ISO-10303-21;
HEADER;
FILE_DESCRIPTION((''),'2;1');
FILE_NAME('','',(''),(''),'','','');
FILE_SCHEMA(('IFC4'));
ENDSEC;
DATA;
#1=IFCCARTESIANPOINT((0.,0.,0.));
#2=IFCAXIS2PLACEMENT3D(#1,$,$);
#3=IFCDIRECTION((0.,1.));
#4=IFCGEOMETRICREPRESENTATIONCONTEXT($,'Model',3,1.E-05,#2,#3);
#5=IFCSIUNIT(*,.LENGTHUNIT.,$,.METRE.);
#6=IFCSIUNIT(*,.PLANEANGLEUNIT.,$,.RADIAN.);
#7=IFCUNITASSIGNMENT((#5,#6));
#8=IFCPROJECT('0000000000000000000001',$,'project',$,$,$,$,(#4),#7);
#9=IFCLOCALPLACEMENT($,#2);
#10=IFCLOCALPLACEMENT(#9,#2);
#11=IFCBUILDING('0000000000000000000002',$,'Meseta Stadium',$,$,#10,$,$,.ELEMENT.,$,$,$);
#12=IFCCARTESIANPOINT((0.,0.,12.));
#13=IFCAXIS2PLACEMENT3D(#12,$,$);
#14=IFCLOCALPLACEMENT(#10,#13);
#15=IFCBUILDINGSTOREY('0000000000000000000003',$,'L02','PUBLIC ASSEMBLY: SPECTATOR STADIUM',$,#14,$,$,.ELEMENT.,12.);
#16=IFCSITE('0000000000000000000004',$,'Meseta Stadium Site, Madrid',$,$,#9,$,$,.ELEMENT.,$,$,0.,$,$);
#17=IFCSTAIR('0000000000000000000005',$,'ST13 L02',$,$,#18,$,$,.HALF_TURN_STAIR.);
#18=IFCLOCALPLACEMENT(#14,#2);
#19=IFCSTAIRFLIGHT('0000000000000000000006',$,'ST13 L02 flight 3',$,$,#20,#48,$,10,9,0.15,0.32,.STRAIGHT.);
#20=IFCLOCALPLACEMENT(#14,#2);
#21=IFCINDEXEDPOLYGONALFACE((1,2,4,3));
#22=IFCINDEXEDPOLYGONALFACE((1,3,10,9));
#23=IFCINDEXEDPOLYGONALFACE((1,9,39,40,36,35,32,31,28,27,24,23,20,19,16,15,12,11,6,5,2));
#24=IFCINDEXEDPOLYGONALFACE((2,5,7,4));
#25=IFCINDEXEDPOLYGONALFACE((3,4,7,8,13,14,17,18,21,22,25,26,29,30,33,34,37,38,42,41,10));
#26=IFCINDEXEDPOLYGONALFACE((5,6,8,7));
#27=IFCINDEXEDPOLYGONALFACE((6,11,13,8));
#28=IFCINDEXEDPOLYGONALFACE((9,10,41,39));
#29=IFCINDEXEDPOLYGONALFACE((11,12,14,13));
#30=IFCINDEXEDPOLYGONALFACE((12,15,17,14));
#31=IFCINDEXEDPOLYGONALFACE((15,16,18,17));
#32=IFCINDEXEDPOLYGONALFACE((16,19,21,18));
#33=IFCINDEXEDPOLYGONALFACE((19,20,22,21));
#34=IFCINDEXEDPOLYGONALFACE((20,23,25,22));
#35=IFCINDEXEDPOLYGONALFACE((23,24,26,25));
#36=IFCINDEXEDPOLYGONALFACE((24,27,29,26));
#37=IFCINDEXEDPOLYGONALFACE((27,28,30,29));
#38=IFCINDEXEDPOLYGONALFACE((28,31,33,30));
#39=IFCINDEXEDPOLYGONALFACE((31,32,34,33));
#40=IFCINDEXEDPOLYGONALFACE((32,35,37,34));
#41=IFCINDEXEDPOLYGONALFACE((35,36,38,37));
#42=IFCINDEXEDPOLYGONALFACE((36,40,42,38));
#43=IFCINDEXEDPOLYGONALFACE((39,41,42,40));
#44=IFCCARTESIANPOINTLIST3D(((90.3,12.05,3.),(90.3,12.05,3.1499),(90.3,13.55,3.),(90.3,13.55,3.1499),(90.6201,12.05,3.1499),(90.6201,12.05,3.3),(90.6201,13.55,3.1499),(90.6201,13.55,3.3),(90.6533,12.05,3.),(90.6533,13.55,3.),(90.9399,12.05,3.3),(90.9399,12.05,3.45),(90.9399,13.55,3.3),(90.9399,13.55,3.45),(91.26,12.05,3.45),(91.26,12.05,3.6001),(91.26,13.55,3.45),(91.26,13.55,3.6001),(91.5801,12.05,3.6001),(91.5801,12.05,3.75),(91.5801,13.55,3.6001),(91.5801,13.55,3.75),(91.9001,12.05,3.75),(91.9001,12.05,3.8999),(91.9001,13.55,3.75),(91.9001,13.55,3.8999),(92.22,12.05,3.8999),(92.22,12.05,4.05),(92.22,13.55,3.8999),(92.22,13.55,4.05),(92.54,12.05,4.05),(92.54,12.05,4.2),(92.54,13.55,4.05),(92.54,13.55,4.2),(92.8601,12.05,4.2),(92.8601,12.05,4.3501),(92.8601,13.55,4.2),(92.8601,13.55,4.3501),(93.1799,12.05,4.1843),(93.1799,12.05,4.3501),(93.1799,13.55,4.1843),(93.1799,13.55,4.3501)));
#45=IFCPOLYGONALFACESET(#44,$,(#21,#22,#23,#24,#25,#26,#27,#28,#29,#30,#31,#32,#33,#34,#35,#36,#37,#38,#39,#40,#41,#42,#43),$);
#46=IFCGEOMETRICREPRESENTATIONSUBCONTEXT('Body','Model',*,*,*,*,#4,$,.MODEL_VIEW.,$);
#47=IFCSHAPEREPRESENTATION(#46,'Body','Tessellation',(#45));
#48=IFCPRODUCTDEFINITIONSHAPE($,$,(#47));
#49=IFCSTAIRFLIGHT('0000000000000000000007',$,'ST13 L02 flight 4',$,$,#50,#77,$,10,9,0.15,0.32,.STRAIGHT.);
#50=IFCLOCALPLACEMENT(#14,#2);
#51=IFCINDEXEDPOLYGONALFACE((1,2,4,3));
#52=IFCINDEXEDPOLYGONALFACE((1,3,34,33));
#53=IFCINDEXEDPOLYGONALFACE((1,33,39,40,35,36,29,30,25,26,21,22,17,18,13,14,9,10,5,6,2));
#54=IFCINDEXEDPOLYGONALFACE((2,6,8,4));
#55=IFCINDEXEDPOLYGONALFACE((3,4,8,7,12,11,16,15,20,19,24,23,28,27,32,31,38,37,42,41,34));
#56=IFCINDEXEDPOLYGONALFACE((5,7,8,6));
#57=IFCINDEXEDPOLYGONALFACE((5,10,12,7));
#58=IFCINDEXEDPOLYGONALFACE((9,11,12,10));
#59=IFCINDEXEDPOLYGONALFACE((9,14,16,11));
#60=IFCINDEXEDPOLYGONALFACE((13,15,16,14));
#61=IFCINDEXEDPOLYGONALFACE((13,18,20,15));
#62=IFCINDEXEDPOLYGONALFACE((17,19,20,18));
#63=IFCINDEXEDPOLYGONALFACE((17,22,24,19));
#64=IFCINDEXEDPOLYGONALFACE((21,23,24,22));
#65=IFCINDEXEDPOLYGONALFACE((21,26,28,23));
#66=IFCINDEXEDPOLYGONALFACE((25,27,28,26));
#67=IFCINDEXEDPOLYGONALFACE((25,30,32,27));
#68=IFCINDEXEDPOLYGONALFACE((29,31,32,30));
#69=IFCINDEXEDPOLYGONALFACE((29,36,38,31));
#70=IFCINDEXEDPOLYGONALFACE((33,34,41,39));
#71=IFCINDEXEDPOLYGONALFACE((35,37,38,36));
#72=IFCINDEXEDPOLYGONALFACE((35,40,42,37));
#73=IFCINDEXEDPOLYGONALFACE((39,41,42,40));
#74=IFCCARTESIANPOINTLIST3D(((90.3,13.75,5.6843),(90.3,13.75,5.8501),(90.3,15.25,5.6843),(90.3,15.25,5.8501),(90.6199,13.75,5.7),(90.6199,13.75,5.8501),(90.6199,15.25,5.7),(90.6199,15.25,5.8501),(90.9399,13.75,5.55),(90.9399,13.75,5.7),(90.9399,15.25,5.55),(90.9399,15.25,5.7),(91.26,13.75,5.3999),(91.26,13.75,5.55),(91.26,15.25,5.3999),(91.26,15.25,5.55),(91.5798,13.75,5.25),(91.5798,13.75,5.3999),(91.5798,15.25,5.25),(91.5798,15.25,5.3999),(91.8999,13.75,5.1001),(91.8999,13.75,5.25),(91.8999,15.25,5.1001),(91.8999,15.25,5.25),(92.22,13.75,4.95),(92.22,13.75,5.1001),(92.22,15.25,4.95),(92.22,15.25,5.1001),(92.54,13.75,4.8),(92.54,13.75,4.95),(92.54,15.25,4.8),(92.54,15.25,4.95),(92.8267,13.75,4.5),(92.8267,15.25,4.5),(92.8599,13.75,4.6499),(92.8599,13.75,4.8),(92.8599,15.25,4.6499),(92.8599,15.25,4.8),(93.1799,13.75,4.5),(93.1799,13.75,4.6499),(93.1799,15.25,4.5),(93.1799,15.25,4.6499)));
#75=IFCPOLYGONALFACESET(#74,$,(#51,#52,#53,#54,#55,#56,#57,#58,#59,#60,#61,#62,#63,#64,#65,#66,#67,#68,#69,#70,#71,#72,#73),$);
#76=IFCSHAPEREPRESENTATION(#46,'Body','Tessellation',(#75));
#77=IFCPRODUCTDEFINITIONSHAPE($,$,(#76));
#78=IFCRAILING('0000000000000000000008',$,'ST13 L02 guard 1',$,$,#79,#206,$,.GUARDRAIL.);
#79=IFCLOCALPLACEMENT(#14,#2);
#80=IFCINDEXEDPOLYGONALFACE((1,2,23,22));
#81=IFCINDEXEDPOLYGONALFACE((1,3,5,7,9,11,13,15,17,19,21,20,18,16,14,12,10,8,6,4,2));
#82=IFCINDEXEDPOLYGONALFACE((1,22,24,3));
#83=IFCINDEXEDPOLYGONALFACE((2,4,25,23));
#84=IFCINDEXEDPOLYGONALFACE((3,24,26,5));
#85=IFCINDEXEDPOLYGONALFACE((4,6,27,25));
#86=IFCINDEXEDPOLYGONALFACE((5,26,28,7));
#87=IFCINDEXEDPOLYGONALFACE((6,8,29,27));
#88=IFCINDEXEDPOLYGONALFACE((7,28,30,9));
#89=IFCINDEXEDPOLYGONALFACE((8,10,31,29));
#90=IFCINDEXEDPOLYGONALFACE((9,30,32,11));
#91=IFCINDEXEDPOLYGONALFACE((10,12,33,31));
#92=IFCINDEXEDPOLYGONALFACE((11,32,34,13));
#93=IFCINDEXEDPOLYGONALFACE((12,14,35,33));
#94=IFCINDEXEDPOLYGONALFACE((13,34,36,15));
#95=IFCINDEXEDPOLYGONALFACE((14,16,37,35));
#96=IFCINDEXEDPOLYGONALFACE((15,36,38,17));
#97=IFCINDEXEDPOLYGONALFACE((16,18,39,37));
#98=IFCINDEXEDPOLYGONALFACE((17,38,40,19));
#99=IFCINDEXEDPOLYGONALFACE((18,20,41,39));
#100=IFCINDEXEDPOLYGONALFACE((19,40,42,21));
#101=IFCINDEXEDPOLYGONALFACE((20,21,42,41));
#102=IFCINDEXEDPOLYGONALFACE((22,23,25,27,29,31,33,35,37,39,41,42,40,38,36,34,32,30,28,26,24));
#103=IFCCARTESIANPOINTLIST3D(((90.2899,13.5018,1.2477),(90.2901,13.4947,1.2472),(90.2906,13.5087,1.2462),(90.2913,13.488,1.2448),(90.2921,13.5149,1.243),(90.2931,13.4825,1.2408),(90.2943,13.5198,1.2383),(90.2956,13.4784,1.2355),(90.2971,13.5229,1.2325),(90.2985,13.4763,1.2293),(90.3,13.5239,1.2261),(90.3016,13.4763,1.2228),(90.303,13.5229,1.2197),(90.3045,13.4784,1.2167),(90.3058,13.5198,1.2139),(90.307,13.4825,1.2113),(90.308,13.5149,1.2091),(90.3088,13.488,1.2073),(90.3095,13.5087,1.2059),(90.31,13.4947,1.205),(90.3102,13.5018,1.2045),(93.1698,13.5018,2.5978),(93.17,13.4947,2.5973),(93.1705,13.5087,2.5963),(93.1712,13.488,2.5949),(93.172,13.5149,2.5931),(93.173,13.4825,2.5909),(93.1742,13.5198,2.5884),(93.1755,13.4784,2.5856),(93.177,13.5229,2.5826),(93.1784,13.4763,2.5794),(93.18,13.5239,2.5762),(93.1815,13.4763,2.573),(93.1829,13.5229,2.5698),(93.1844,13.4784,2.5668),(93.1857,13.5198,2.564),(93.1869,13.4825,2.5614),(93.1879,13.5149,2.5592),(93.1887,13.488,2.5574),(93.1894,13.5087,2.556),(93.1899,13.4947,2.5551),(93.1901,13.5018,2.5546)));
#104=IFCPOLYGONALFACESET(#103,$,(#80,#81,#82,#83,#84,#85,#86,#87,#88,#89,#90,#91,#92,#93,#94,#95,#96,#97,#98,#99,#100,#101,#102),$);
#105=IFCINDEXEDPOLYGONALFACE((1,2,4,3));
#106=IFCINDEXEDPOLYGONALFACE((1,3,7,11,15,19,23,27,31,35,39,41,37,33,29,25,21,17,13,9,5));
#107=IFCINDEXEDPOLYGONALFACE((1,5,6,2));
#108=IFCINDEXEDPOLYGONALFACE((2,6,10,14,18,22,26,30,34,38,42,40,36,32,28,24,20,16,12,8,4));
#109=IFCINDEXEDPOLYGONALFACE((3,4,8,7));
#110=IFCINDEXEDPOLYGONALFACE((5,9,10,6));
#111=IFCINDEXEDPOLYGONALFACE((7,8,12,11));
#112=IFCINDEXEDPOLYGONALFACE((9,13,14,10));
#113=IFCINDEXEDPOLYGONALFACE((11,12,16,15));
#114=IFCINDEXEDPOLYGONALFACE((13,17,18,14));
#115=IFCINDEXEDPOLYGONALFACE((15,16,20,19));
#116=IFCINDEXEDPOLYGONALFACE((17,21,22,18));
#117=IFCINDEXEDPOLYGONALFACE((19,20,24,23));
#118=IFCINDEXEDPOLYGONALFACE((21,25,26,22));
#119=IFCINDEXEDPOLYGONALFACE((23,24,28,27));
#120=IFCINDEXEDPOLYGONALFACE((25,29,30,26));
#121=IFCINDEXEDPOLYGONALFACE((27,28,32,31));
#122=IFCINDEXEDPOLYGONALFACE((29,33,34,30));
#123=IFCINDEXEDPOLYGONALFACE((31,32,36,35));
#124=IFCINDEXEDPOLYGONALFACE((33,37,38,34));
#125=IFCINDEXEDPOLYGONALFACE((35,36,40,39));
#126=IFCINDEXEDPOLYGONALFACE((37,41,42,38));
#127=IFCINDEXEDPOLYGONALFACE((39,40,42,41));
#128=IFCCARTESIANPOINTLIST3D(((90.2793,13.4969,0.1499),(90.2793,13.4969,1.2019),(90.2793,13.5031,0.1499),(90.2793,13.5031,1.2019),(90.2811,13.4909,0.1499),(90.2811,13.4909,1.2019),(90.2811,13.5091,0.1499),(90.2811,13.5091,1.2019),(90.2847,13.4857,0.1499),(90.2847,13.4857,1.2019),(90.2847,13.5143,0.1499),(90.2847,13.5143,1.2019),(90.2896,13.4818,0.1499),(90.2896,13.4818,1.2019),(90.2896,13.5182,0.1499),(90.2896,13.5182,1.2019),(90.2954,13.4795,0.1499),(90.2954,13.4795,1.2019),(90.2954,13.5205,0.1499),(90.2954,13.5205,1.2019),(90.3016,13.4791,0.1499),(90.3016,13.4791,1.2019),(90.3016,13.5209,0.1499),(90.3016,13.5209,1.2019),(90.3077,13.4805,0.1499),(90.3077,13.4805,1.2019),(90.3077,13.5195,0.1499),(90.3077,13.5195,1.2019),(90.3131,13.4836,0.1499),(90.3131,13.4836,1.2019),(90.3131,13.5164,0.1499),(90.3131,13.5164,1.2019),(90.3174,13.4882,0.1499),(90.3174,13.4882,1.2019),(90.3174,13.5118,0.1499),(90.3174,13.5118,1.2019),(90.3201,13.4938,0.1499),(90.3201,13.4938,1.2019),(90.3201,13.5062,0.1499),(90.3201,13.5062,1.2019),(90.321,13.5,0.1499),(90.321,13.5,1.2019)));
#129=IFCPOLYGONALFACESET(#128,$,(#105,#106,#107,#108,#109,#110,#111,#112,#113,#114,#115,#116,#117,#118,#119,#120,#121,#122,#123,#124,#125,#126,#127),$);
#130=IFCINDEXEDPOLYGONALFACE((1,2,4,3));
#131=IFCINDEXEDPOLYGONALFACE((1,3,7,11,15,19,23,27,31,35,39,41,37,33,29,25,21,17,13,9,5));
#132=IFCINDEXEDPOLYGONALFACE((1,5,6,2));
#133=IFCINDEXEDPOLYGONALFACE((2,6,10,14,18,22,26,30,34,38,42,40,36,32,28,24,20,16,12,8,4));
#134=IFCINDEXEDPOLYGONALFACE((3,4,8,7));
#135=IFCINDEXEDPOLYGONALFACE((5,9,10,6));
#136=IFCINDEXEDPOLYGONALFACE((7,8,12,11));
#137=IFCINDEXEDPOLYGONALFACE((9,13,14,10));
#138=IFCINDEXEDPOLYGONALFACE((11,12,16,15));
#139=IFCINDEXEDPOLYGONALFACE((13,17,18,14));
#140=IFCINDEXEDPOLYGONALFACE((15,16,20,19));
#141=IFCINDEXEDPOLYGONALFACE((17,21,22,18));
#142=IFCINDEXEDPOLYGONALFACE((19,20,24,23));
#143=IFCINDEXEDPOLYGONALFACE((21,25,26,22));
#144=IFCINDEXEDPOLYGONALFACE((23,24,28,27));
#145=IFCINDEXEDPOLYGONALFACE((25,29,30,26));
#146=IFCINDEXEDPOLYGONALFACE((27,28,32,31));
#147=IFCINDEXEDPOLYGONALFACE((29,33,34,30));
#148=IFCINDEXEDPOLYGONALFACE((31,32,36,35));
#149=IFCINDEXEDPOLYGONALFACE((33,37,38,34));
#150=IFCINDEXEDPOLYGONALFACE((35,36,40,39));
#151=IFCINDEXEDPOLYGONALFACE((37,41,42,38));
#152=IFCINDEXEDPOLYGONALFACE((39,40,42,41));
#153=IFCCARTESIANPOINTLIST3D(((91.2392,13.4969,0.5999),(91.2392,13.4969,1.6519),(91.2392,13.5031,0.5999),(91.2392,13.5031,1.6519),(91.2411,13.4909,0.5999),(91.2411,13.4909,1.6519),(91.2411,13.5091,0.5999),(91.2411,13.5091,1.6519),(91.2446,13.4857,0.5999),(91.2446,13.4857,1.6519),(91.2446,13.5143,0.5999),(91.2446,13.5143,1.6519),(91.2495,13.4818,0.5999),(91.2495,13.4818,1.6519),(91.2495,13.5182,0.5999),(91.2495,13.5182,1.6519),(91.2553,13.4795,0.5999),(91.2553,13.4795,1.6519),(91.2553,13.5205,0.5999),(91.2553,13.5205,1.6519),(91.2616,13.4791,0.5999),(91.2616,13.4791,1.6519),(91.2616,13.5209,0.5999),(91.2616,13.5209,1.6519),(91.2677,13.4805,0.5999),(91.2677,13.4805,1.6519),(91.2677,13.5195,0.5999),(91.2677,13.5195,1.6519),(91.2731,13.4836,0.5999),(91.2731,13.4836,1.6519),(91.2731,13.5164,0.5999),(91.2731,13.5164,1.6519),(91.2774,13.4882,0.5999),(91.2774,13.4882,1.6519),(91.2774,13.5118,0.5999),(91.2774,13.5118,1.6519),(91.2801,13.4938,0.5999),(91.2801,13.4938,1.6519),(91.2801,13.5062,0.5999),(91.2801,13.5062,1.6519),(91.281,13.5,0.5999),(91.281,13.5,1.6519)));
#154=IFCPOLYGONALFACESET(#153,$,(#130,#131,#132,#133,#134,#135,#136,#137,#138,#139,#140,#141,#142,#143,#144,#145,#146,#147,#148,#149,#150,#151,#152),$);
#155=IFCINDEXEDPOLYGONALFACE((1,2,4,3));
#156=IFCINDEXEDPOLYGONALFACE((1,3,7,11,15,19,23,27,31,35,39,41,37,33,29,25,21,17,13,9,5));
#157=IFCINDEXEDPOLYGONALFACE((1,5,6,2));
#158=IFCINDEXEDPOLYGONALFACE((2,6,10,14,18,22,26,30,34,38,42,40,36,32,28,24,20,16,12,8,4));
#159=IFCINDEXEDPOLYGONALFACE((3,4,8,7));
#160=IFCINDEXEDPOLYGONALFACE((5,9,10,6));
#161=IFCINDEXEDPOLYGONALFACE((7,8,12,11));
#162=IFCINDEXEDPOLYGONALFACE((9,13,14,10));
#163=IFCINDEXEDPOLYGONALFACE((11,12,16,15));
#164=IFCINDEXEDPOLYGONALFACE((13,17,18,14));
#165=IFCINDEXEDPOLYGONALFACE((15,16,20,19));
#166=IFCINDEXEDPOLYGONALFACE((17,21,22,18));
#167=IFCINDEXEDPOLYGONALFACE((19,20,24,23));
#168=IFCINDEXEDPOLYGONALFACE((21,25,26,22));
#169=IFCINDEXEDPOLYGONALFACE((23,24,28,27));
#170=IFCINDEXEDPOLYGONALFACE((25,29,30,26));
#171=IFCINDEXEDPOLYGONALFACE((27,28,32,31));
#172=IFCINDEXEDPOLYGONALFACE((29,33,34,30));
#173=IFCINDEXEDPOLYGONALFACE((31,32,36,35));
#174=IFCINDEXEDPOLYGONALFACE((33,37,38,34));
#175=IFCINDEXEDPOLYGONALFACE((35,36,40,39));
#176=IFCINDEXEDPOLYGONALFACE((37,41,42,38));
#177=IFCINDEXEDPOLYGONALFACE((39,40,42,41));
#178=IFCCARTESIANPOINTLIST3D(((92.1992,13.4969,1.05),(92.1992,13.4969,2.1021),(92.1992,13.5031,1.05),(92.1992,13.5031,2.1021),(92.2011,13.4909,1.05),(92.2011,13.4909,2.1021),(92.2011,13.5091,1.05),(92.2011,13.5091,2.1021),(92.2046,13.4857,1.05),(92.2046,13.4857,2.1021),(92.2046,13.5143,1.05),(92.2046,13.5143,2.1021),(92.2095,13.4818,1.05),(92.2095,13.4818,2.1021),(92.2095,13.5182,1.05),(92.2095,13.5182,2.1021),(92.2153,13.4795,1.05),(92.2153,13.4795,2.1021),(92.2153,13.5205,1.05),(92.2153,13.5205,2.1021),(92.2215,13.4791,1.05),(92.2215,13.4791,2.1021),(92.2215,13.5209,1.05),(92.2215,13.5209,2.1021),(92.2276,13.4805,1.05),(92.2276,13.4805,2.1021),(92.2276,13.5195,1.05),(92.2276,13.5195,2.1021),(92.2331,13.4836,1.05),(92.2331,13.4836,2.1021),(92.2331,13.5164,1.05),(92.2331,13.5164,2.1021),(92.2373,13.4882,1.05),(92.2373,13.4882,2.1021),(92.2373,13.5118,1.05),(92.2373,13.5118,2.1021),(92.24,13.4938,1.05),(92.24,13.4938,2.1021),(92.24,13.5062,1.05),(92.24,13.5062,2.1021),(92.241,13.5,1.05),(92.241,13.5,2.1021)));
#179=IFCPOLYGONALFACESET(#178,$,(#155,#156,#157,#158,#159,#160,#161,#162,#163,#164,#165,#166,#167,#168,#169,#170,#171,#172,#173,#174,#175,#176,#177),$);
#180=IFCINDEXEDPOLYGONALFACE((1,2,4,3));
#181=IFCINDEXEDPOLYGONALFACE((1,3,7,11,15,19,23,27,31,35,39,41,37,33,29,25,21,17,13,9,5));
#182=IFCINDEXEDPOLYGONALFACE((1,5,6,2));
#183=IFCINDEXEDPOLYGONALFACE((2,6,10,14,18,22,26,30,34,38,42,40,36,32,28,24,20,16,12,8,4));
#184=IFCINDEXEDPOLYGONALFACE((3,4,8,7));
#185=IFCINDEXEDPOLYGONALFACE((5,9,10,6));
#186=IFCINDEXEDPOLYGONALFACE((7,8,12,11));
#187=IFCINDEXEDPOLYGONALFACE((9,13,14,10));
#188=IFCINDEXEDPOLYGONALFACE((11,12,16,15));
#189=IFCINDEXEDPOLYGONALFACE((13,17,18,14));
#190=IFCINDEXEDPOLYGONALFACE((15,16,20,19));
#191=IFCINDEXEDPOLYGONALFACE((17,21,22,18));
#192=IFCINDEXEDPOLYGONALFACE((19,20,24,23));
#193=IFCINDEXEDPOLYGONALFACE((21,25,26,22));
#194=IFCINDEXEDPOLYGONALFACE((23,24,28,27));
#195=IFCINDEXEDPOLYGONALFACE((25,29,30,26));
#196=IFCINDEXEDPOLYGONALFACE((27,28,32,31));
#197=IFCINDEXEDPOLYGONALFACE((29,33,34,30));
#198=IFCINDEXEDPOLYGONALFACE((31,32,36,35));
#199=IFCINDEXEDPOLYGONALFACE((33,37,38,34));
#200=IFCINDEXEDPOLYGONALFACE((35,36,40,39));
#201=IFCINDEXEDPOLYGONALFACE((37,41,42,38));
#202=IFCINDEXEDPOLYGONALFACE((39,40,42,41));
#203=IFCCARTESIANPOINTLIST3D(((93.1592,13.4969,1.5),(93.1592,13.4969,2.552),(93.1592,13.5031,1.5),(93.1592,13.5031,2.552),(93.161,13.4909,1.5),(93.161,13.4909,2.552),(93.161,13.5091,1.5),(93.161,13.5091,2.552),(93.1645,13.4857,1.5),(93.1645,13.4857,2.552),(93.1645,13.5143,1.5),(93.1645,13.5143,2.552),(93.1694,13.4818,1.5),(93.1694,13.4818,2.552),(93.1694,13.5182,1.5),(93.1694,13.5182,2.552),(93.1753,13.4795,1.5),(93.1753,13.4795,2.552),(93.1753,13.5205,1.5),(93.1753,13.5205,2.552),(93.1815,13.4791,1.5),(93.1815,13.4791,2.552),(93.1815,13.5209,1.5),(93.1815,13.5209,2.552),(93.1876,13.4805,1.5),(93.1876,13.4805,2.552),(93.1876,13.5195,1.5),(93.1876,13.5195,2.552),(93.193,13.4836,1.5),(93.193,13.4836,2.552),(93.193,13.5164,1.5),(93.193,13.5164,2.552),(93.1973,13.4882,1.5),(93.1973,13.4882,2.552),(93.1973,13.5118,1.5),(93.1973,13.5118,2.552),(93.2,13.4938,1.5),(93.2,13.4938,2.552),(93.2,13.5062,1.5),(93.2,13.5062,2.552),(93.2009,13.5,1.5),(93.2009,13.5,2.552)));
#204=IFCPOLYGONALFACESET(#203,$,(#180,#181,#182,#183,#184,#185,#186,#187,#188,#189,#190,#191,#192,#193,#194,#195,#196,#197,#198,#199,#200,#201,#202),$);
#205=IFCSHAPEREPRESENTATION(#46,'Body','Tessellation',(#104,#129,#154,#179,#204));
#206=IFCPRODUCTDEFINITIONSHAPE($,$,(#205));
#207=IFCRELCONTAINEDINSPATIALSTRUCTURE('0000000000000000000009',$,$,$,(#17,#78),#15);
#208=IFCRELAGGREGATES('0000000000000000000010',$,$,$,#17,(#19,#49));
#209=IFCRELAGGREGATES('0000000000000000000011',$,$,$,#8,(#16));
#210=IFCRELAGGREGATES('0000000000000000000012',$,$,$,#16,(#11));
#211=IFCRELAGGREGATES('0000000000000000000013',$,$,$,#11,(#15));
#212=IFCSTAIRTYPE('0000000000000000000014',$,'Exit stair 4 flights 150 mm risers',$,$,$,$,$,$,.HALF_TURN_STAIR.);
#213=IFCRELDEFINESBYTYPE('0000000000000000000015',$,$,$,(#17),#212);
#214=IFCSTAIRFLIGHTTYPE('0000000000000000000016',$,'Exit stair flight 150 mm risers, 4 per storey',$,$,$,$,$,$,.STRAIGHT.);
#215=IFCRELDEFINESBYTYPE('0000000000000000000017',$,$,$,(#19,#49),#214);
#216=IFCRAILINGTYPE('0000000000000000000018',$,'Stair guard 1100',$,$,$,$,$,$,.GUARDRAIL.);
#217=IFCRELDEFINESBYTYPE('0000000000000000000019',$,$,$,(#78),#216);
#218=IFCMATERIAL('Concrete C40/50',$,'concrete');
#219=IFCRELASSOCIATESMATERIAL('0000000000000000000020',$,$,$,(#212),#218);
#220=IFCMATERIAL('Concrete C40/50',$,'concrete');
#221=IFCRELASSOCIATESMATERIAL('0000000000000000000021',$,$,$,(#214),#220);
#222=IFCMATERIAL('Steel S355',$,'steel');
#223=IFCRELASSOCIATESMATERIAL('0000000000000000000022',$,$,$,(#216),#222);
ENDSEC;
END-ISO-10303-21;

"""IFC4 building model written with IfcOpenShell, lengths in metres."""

from ifc_helpers import new_model, si_unit, direction, frame, origin, origin_2d, place, context, subcontext, project, spatial, polyline, circle, outline, extrude, material, type_object, element, aggregate, save


model = new_model("IFC4")

# Units and contexts
model_context = context("Model", 3, precision=1e-05, world=origin(), true_north=direction((0.0, 1.0)))
body_context = subcontext(model_context, "Body", "Model", "MODEL_VIEW")
ifc_project = project(units=[si_unit("LENGTHUNIT", "METRE"), si_unit("PLANEANGLEUNIT", "RADIAN")], contexts=[model_context])

# Site, building, storey
site_placement = place(None, origin())
site = spatial("IfcSite", under=ifc_project, at=site_placement, Name="Meseta Stadium Site, Madrid", CompositionType="ELEMENT", RefElevation=0.0)
building_placement = place(site_placement, origin())
building = spatial("IfcBuilding", under=site, at=building_placement, Name="Meseta Stadium", CompositionType="ELEMENT")
storey_placement = place(building_placement, frame((0.0, 0.0, 12.0)))
storey = spatial("IfcBuildingStorey", under=building, at=storey_placement, Name="L02", Description="PUBLIC ASSEMBLY: SPECTATOR STADIUM", CompositionType="ELEMENT", Elevation=12.0)

# Stair, stair flights
ifc_material_1 = material(Name="Concrete C40/50", Category="concrete")
stair_type = type_object("IfcStairType", Name="Exit stair 4 flights 150 mm risers", PredefinedType="HALF_TURN_STAIR", material=ifc_material_1)
stair_placement = place(storey_placement, origin())
stair = element("IfcStair", 1, at=stair_placement, inside=storey, type_object=stair_type, Name="ST13 L02", PredefinedType="HALF_TURN_STAIR")
ifc_material_2 = material(Name="Concrete C40/50", Category="concrete")
stair_flight_type = type_object("IfcStairFlightType", Name="Exit stair flight 150 mm risers, 4 per storey", PredefinedType="STRAIGHT", material=ifc_material_2)
stair_flight_1_placement = place(storey_placement, frame((90.3, 12.8, 3.0), z_axis=(0.0, 0.0, 1.0), x_axis=(1.0, 0.0, 0.0)))
stair_flight_1 = element("IfcStairFlight", 2, at=stair_flight_1_placement, type_object=stair_flight_type, Name="ST13 L02 flight 3", NumberOfRisers=10, NumberOfTreads=9, PredefinedType="STRAIGHT", RiserHeight=0.15, TreadLength=0.32, context=body_context, shape_type="SweptSolid", body=[
    extrude(outline(polyline([(0.0, 0.0), (0.0, 0.1499), (0.3201, 0.1499), (0.3201, 0.3), (0.6399, 0.3), (0.6399, 0.45), (0.96, 0.45), (0.96, 0.6001), (1.28, 0.6001), (1.28, 0.75), (1.6001, 0.75), (1.6001, 0.8999), (1.9199, 0.8999), (1.9199, 1.05), (2.24, 1.05), (2.24, 1.2), (2.5601, 1.2), (2.5601, 1.3501), (2.8799, 1.3501), (2.8799, 1.1843), (0.3533, 0.0), (0.0, 0.0)])), frame((0.0, 0.75, 0.0), z_axis=(0.0, -1.0, 0.0), x_axis=(1.0, 0.0, 0.0)), (0.0, 0.0, 1.0), 1.5),
])
stair_flight_2_placement = place(storey_placement, frame((93.1799, 14.5, 4.5), z_axis=(0.0, 0.0, 1.0), x_axis=(-1.0, 0.0, 0.0)))
stair_flight_2 = element("IfcStairFlight", 3, at=stair_flight_2_placement, type_object=stair_flight_type, Name="ST13 L02 flight 4", NumberOfRisers=10, NumberOfTreads=9, PredefinedType="STRAIGHT", RiserHeight=0.15, TreadLength=0.32, context=body_context, shape_type="SweptSolid", body=[
    extrude(outline(polyline([(0.0, 0.0), (0.0, 0.1499), (0.3201, 0.1499), (0.3201, 0.3), (0.6399, 0.3), (0.6399, 0.45), (0.96, 0.45), (0.96, 0.6001), (1.28, 0.6001), (1.28, 0.75), (1.6001, 0.75), (1.6001, 0.8999), (1.9199, 0.8999), (1.9199, 1.05), (2.24, 1.05), (2.24, 1.2), (2.5601, 1.2), (2.5601, 1.3501), (2.8799, 1.3501), (2.8799, 1.1843), (0.3533, 0.0), (0.0, 0.0)])), frame((0.0, 0.75, 0.0), z_axis=(0.0, -1.0, 0.0), x_axis=(1.0, 0.0, 0.0)), (0.0, 0.0, 1.0), 1.5),
])
aggregate(stair, [stair_flight_1, stair_flight_2])

# Railing
ifc_material_3 = material(Name="Steel S355", Category="steel")
railing_type_1 = type_object("IfcRailingType", Name="Stair guard 1100", PredefinedType="GUARDRAIL", material=ifc_material_3)
railing_1_placement = place(storey_placement, frame((90.3, 13.5, 0.1499)))
element("IfcRailing", 4, at=railing_1_placement, inside=storey, type_object=railing_type_1, Name="ST13 L02 guard 1", PredefinedType="GUARDRAIL", context=body_context, shape_type="SweptSolid", body=[
    extrude(circle(Radius=0.0239, at=origin_2d()), frame((0.0, 0.0, 1.0762), z_axis=(0.90544, 0.0, 0.424473), x_axis=(0.0, 1.0, 0.0)), (0.0, 0.0, 1.0), 3.1807),
    extrude(circle(Radius=0.021, at=origin_2d()), origin(), (0.0, 0.0, 1.0), 1.052),
    extrude(circle(Radius=0.021, at=origin_2d()), frame((0.96, 0.0, 0.45)), (0.0, 0.0, 1.0), 1.052),
    extrude(circle(Radius=0.021, at=origin_2d()), frame((1.9199, 0.0, 0.9001)), (0.0, 0.0, 1.0), 1.052),
    extrude(circle(Radius=0.021, at=origin_2d()), frame((2.8799, 0.0, 1.3501)), (0.0, 0.0, 1.0), 1.052),
])

save(model, "model.ifc")
